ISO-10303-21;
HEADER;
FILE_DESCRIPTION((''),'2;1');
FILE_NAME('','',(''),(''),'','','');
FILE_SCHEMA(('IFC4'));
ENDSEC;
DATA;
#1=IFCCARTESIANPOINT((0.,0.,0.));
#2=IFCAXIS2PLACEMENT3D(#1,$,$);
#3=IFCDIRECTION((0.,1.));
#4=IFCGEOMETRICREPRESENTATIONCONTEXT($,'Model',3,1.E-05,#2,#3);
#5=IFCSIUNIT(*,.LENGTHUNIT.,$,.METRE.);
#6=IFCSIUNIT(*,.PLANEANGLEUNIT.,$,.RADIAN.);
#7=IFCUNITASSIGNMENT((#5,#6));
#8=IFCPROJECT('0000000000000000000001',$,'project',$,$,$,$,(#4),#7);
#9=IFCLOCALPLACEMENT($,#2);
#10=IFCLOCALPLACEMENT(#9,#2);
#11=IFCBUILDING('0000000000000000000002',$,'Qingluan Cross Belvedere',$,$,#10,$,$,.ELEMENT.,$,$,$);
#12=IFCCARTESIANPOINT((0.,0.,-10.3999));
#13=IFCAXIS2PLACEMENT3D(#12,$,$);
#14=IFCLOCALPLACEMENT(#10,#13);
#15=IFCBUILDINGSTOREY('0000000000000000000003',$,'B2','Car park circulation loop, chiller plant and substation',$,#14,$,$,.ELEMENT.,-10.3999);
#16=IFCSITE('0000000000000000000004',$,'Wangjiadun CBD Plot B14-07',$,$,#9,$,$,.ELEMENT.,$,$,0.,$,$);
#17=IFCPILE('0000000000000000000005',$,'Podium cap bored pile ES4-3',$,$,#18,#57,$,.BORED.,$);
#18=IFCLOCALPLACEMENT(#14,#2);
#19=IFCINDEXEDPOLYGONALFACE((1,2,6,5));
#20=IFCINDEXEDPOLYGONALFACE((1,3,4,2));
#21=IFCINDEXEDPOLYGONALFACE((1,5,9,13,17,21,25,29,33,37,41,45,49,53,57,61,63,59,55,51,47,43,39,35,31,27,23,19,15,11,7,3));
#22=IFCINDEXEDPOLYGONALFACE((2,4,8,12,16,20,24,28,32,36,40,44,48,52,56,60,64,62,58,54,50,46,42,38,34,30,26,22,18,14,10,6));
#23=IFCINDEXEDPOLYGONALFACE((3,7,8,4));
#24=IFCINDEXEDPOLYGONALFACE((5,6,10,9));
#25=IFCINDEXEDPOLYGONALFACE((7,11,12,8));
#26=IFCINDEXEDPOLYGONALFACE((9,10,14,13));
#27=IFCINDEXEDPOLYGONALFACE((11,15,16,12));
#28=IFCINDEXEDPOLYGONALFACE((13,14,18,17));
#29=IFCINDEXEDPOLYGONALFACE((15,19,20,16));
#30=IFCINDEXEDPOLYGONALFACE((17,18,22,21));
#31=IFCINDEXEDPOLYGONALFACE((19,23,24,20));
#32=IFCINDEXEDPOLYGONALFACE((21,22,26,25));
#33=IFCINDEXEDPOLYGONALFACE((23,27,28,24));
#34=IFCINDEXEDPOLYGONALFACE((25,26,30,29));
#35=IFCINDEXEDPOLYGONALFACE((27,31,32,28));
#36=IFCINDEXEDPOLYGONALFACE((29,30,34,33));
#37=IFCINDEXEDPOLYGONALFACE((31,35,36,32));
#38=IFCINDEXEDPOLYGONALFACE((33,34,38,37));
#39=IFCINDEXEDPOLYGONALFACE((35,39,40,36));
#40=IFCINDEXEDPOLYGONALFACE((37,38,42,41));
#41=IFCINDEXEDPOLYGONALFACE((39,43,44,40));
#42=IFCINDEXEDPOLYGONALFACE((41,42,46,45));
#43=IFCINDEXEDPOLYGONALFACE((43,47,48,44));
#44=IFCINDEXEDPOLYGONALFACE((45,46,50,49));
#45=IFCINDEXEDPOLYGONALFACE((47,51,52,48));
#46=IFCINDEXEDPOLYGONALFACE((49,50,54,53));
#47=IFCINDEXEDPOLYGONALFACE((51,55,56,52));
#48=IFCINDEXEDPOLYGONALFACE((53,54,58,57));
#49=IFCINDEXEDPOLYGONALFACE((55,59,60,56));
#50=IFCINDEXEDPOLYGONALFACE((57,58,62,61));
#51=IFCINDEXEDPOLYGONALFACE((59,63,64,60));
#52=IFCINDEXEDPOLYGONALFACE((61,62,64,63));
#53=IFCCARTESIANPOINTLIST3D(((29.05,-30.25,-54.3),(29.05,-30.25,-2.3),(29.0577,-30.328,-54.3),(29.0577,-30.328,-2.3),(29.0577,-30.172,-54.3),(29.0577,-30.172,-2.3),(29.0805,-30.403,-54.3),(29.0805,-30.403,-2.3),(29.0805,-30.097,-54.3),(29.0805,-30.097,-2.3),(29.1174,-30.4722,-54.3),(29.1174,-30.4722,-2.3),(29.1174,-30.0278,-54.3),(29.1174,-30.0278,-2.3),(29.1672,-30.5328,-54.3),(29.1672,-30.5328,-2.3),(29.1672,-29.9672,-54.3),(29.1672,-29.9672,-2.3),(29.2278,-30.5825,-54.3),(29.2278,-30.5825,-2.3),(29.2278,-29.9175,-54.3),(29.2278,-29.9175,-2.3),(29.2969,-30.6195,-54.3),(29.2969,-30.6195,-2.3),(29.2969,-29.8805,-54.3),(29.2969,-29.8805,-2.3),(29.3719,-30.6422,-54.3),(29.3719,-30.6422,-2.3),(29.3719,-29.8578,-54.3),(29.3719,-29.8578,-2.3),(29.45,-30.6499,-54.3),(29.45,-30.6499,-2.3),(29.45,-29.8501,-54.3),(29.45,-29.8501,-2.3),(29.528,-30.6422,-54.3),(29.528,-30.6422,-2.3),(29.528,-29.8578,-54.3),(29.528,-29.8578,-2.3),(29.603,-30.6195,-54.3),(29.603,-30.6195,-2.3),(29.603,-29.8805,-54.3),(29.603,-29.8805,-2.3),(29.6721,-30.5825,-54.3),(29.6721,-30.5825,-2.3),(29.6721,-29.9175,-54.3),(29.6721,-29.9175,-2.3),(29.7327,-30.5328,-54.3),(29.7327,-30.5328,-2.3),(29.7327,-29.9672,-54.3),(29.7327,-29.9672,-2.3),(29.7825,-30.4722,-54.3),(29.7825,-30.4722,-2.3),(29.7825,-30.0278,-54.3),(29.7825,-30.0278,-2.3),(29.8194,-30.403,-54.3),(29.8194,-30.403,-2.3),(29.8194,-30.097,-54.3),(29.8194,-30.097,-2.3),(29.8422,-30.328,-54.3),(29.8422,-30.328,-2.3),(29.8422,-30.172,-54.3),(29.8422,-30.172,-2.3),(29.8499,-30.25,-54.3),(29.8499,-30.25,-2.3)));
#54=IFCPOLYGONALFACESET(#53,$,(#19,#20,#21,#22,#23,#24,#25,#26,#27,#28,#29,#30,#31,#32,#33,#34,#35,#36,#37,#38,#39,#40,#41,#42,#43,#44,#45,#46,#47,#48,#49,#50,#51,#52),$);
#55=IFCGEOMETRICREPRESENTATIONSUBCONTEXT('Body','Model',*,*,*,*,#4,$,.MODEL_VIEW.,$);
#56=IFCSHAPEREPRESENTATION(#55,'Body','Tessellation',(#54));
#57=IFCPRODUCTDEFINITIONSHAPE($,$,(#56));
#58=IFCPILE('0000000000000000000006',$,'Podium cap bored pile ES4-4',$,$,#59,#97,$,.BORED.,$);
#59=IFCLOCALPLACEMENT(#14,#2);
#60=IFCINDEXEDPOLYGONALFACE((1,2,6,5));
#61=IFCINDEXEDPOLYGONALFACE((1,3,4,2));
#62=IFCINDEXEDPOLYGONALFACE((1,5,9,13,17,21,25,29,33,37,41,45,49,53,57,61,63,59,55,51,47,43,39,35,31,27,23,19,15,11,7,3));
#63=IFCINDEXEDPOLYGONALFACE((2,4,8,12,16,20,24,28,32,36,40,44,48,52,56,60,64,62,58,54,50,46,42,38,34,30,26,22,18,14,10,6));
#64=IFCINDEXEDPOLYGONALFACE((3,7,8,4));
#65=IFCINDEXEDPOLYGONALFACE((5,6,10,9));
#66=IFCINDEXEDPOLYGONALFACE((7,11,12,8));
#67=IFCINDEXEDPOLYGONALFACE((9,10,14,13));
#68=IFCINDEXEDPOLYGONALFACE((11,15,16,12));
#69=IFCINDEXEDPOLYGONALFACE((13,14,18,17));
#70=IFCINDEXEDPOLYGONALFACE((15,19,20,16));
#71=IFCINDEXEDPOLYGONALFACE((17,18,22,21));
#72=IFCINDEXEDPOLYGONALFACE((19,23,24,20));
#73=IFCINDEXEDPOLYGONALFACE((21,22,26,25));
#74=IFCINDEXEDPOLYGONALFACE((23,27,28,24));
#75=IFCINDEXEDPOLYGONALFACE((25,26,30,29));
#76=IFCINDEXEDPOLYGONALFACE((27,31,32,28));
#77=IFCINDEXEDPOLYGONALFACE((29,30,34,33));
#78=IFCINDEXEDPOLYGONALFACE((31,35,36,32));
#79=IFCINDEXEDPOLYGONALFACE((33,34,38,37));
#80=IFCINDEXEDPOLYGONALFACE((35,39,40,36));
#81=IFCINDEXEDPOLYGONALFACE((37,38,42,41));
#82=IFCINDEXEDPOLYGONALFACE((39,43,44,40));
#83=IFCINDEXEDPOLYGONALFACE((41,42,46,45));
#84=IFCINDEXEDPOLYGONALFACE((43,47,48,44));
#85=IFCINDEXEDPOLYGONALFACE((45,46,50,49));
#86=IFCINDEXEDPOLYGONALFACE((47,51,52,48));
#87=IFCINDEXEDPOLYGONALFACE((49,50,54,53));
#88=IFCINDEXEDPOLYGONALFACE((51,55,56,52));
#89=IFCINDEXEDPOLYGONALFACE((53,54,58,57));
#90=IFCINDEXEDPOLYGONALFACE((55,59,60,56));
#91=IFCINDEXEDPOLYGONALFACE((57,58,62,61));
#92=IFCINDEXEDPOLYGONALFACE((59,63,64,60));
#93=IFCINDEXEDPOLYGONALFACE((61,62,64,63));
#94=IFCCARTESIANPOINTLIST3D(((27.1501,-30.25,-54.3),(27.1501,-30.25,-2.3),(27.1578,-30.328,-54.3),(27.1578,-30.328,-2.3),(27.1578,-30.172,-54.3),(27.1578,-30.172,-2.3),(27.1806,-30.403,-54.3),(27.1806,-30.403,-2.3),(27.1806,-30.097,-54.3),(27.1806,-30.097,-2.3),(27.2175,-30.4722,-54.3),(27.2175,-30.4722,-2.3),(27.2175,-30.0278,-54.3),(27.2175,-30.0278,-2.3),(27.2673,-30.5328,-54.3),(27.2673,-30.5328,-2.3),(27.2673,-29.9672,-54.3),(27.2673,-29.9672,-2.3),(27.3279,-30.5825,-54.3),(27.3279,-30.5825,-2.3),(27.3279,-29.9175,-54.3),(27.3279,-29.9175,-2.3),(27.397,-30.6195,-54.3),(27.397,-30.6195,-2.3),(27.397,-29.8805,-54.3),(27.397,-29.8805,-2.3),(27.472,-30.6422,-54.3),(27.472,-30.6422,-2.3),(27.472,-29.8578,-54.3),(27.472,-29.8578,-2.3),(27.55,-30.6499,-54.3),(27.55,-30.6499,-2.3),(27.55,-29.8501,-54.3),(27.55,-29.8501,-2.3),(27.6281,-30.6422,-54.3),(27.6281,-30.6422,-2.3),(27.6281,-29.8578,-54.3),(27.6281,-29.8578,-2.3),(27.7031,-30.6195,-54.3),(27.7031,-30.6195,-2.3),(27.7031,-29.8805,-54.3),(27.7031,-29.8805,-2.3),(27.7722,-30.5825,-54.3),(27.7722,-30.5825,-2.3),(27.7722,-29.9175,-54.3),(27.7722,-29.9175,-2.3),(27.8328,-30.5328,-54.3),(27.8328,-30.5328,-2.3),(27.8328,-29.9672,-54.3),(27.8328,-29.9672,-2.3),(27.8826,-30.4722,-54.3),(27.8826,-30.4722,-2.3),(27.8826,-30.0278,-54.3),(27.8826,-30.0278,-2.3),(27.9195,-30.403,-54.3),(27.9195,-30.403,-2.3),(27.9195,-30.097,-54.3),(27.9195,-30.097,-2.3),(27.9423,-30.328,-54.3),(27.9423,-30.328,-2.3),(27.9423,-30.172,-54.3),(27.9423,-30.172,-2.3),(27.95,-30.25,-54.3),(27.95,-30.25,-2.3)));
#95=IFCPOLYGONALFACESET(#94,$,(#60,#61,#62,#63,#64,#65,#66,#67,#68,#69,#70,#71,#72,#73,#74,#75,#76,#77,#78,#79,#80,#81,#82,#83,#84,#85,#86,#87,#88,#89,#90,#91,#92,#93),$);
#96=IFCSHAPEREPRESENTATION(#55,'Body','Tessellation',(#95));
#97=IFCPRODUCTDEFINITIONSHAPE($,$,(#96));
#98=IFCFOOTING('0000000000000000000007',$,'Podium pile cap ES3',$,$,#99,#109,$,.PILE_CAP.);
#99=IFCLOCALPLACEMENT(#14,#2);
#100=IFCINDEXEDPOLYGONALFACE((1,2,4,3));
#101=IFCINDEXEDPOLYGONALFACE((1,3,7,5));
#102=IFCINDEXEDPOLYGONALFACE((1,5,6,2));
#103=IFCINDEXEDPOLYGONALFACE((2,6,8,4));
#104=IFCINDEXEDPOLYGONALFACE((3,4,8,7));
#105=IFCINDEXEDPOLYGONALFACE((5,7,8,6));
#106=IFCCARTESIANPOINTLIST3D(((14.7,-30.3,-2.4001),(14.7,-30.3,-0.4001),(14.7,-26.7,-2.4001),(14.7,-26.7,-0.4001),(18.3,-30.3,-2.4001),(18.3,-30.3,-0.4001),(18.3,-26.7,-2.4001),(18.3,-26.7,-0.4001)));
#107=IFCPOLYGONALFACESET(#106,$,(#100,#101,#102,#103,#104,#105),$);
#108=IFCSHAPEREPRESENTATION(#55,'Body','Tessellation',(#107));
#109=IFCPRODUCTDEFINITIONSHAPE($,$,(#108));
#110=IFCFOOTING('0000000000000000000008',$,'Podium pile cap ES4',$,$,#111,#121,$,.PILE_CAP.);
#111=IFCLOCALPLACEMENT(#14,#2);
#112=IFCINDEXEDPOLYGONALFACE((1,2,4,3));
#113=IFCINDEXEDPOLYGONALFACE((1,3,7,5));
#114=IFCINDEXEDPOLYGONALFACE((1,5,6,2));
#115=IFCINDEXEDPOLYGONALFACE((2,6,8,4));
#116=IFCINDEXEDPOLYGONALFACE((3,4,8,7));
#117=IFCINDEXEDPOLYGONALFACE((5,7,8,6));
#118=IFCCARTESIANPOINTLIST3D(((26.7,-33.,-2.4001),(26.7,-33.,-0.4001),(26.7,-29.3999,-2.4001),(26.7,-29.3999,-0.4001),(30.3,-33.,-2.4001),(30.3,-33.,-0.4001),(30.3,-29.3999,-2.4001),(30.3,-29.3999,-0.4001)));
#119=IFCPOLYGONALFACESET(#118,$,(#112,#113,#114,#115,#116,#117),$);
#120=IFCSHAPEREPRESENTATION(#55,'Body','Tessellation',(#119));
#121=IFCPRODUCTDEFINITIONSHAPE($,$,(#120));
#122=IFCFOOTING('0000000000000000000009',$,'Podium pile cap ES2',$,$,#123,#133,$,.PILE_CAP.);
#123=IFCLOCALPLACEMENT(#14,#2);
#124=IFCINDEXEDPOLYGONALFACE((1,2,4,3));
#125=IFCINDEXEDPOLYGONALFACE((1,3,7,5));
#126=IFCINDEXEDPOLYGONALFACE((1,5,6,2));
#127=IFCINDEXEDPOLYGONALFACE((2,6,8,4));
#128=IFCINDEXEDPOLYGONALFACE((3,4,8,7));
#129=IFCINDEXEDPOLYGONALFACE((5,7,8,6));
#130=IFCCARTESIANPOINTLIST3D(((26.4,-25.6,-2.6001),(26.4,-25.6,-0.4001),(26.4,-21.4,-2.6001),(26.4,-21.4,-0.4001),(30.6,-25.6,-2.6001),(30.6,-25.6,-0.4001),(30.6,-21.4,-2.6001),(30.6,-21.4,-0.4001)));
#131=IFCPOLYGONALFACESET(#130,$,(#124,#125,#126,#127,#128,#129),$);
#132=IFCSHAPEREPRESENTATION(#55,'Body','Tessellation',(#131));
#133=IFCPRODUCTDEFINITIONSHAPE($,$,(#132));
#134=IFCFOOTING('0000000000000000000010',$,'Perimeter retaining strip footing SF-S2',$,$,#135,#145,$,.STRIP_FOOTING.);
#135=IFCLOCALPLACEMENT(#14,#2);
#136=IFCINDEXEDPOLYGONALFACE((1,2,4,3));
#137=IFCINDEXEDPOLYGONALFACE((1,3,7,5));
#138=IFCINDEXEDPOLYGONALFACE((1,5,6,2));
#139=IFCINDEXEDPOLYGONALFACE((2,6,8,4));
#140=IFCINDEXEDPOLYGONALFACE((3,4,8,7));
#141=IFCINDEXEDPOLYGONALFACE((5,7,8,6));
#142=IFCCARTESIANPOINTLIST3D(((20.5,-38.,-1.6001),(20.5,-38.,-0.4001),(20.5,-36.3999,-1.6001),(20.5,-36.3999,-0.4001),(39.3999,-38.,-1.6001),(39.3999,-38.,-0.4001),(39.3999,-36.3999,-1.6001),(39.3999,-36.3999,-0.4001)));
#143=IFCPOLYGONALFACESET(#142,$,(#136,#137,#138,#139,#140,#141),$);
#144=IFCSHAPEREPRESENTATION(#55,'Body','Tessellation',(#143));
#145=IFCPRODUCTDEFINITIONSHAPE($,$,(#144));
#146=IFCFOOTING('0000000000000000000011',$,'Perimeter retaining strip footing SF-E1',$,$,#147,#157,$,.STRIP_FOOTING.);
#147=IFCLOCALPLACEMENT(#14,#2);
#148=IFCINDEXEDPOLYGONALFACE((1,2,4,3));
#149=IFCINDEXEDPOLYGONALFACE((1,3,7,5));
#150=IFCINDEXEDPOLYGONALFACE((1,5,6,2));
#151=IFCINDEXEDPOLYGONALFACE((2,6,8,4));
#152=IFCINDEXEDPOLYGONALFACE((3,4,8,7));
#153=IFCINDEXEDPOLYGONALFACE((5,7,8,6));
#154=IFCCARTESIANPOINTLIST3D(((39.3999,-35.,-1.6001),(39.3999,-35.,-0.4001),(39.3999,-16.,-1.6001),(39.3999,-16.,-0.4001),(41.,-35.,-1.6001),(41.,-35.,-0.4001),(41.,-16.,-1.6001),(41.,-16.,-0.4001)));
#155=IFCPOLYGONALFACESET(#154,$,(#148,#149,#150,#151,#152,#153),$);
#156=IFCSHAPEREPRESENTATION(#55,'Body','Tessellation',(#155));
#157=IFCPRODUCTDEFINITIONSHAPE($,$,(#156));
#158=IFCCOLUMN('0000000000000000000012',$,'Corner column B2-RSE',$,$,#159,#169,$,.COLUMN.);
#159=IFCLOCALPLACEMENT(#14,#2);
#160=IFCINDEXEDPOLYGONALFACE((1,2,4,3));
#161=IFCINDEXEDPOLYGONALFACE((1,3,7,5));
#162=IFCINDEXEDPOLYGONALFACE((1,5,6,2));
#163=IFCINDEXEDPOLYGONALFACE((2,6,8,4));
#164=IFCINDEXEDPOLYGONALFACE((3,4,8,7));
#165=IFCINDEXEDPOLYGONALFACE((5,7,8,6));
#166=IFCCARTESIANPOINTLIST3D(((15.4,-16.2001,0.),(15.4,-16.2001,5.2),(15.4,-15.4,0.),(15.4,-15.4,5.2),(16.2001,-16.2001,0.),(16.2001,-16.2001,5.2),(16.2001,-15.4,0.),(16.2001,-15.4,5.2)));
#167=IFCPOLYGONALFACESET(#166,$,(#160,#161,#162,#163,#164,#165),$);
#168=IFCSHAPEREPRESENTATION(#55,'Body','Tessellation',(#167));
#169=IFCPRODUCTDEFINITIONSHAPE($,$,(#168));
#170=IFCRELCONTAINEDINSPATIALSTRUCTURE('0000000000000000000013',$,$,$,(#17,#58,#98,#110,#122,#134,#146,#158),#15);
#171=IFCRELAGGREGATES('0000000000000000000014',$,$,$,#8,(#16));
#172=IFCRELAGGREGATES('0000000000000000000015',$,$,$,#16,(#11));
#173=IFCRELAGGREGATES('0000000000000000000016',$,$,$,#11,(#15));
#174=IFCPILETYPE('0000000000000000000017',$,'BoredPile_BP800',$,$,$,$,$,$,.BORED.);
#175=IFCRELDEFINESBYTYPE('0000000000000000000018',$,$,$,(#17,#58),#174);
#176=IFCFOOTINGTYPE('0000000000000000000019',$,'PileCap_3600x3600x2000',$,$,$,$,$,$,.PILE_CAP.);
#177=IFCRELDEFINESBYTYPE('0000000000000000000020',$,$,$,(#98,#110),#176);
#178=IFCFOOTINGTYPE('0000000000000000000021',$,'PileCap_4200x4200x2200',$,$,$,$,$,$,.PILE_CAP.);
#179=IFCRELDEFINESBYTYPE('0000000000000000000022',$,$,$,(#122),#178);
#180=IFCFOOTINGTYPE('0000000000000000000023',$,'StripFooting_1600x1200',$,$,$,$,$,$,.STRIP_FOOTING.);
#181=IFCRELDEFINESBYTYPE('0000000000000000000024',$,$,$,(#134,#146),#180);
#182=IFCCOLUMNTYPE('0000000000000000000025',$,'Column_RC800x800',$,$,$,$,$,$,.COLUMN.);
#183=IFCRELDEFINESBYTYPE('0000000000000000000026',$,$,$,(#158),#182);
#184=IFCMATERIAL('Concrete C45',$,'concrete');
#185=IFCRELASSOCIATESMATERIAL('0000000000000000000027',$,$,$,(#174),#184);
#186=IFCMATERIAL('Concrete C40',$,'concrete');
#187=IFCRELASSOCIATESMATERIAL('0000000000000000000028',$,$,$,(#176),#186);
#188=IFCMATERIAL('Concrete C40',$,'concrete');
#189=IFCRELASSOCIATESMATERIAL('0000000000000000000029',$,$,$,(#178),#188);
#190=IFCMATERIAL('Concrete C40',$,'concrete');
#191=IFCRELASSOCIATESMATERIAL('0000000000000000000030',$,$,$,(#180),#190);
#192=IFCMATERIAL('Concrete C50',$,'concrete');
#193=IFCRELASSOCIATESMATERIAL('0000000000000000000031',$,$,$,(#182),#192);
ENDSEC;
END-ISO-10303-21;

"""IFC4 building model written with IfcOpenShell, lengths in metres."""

from ifc_helpers import new_model, si_unit, direction, frame, origin, origin_2d, place, context, subcontext, project, spatial, rectangle, circle, extrude, material, material_profile, profile_set, type_object, element, save


model = new_model("IFC4")

# Units and contexts
model_context = context("Model", 3, precision=1e-05, world=origin(), true_north=direction((0.0, 1.0)))
body_context = subcontext(model_context, "Body", "Model", "MODEL_VIEW")
ifc_project = project(units=[si_unit("LENGTHUNIT", "METRE"), si_unit("PLANEANGLEUNIT", "RADIAN")], contexts=[model_context])

# Site, building, storey
site_placement = place(None, origin())
site = spatial("IfcSite", under=ifc_project, at=site_placement, Name="Wangjiadun CBD Plot B14-07", CompositionType="ELEMENT", RefElevation=0.0)
building_placement = place(site_placement, origin())
building = spatial("IfcBuilding", under=site, at=building_placement, Name="Qingluan Cross Belvedere", CompositionType="ELEMENT")
storey_placement = place(building_placement, frame((0.0, 0.0, -10.3999)))
storey = spatial("IfcBuildingStorey", under=building, at=storey_placement, Name="B2", Description="Car park circulation loop, chiller plant and substation", CompositionType="ELEMENT", Elevation=-10.3999)

# Piles
ifc_material_1 = material(Name="Concrete C45", Category="concrete")
ifc_material_profile_1 = material_profile(ifc_material_1, circle(Radius=0.3999, at=origin_2d()), Name="BP800")
ifc_profile_set_1 = profile_set([ifc_material_profile_1], Name="Concrete C45")
pile_type_1 = type_object("IfcPileType", Name="BoredPile_BP800", PredefinedType="BORED", material=ifc_profile_set_1)
for number, where, z_axis, x_axis, name in (
    (1, (29.45, -30.25, -2.3), (0.0, 0.0, -1.0), (1.0, 0.0, 0.0), "Podium cap bored pile ES4-3"),
    (2, (27.55, -30.25, -2.3), (0.0, 0.0, -1.0), (1.0, 0.0, 0.0), "Podium cap bored pile ES4-4"),
):
    element("IfcPile", number, at=place(storey_placement, frame(where, z_axis=z_axis, x_axis=x_axis)), inside=storey, type_object=pile_type_1, Name=name, PredefinedType="BORED", context=body_context, shape_type="SweptSolid", body=[
        extrude(circle(Radius=0.3999, at=origin_2d()), origin(), (0.0, 0.0, 1.0), 52.0),
    ])

# Footings
ifc_material_2 = material(Name="Concrete C40", Category="concrete")
footing_type_1 = type_object("IfcFootingType", Name="PileCap_3600x3600x2000", PredefinedType="PILE_CAP", material=ifc_material_2)
for number, where, z_axis, x_axis, name in (
    (3, (16.5, -28.5, -2.4001), (0.0, 0.0, 1.0), (1.0, 0.0, 0.0), "Podium pile cap ES3"),
    (4, (28.5, -31.2, -2.4001), (0.0, 0.0, 1.0), (1.0, 0.0, 0.0), "Podium pile cap ES4"),
):
    element("IfcFooting", number, at=place(storey_placement, frame(where, z_axis=z_axis, x_axis=x_axis)), inside=storey, type_object=footing_type_1, Name=name, PredefinedType="PILE_CAP", context=body_context, shape_type="SweptSolid", body=[
        extrude(rectangle(XDim=3.6001, YDim=3.6001, at=origin_2d()), origin(), (0.0, 0.0, 1.0), 2.0),
    ])
ifc_material_3 = material(Name="Concrete C40", Category="concrete")
footing_type_2 = type_object("IfcFootingType", Name="PileCap_4200x4200x2200", PredefinedType="PILE_CAP", material=ifc_material_3)
footing_1_placement = place(storey_placement, frame((28.5, -23.5, -2.6001), z_axis=(0.0, 0.0, 1.0), x_axis=(1.0, 0.0, 0.0)))
element("IfcFooting", 5, at=footing_1_placement, inside=storey, type_object=footing_type_2, Name="Podium pile cap ES2", PredefinedType="PILE_CAP", context=body_context, shape_type="SweptSolid", body=[
    extrude(rectangle(XDim=4.2, YDim=4.2, at=origin_2d()), origin(), (0.0, 0.0, 1.0), 2.2),
])
ifc_material_4 = material(Name="Concrete C40", Category="concrete")
footing_type_3 = type_object("IfcFootingType", Name="StripFooting_1600x1200", PredefinedType="STRIP_FOOTING", material=ifc_material_4)
footing_2_placement = place(storey_placement, frame((29.95, -37.2, -1.6001), z_axis=(0.0, 0.0, 1.0), x_axis=(1.0, 0.0, 0.0)))
element("IfcFooting", 6, at=footing_2_placement, inside=storey, type_object=footing_type_3, Name="Perimeter retaining strip footing SF-S2", PredefinedType="STRIP_FOOTING", context=body_context, shape_type="SweptSolid", body=[
    extrude(rectangle(XDim=18.8999, YDim=1.6001, at=origin_2d()), origin(), (0.0, 0.0, 1.0), 1.2),
])
footing_3_placement = place(storey_placement, frame((40.2, -25.5, -1.6001), z_axis=(0.0, 0.0, 1.0), x_axis=(0.0, 1.0, 0.0)))
element("IfcFooting", 7, at=footing_3_placement, inside=storey, type_object=footing_type_3, Name="Perimeter retaining strip footing SF-E1", PredefinedType="STRIP_FOOTING", context=body_context, shape_type="SweptSolid", body=[
    extrude(rectangle(XDim=19.0, YDim=1.6001, at=origin_2d()), origin(), (0.0, 0.0, 1.0), 1.2),
])

# Column
ifc_material_5 = material(Name="Concrete C50", Category="concrete")
ifc_material_profile_2 = material_profile(ifc_material_5, rectangle(XDim=0.8, YDim=0.8, at=origin_2d()), Name="RC800x800")
ifc_profile_set_2 = profile_set([ifc_material_profile_2], Name="Concrete C50")
column_type_1 = type_object("IfcColumnType", Name="Column_RC800x800", PredefinedType="COLUMN", material=ifc_profile_set_2)
column_1_placement = place(storey_placement, frame((15.8, -15.8, 0.0), z_axis=(0.0, 0.0, 1.0), x_axis=(1.0, 0.0, 0.0)))
element("IfcColumn", 8, at=column_1_placement, inside=storey, type_object=column_type_1, Name="Corner column B2-RSE", PredefinedType="COLUMN", context=body_context, shape_type="SweptSolid", body=[
    extrude(rectangle(XDim=0.8, YDim=0.8, at=origin_2d()), origin(), (0.0, 0.0, 1.0), 5.2),
])

save(model, "model.ifc")
